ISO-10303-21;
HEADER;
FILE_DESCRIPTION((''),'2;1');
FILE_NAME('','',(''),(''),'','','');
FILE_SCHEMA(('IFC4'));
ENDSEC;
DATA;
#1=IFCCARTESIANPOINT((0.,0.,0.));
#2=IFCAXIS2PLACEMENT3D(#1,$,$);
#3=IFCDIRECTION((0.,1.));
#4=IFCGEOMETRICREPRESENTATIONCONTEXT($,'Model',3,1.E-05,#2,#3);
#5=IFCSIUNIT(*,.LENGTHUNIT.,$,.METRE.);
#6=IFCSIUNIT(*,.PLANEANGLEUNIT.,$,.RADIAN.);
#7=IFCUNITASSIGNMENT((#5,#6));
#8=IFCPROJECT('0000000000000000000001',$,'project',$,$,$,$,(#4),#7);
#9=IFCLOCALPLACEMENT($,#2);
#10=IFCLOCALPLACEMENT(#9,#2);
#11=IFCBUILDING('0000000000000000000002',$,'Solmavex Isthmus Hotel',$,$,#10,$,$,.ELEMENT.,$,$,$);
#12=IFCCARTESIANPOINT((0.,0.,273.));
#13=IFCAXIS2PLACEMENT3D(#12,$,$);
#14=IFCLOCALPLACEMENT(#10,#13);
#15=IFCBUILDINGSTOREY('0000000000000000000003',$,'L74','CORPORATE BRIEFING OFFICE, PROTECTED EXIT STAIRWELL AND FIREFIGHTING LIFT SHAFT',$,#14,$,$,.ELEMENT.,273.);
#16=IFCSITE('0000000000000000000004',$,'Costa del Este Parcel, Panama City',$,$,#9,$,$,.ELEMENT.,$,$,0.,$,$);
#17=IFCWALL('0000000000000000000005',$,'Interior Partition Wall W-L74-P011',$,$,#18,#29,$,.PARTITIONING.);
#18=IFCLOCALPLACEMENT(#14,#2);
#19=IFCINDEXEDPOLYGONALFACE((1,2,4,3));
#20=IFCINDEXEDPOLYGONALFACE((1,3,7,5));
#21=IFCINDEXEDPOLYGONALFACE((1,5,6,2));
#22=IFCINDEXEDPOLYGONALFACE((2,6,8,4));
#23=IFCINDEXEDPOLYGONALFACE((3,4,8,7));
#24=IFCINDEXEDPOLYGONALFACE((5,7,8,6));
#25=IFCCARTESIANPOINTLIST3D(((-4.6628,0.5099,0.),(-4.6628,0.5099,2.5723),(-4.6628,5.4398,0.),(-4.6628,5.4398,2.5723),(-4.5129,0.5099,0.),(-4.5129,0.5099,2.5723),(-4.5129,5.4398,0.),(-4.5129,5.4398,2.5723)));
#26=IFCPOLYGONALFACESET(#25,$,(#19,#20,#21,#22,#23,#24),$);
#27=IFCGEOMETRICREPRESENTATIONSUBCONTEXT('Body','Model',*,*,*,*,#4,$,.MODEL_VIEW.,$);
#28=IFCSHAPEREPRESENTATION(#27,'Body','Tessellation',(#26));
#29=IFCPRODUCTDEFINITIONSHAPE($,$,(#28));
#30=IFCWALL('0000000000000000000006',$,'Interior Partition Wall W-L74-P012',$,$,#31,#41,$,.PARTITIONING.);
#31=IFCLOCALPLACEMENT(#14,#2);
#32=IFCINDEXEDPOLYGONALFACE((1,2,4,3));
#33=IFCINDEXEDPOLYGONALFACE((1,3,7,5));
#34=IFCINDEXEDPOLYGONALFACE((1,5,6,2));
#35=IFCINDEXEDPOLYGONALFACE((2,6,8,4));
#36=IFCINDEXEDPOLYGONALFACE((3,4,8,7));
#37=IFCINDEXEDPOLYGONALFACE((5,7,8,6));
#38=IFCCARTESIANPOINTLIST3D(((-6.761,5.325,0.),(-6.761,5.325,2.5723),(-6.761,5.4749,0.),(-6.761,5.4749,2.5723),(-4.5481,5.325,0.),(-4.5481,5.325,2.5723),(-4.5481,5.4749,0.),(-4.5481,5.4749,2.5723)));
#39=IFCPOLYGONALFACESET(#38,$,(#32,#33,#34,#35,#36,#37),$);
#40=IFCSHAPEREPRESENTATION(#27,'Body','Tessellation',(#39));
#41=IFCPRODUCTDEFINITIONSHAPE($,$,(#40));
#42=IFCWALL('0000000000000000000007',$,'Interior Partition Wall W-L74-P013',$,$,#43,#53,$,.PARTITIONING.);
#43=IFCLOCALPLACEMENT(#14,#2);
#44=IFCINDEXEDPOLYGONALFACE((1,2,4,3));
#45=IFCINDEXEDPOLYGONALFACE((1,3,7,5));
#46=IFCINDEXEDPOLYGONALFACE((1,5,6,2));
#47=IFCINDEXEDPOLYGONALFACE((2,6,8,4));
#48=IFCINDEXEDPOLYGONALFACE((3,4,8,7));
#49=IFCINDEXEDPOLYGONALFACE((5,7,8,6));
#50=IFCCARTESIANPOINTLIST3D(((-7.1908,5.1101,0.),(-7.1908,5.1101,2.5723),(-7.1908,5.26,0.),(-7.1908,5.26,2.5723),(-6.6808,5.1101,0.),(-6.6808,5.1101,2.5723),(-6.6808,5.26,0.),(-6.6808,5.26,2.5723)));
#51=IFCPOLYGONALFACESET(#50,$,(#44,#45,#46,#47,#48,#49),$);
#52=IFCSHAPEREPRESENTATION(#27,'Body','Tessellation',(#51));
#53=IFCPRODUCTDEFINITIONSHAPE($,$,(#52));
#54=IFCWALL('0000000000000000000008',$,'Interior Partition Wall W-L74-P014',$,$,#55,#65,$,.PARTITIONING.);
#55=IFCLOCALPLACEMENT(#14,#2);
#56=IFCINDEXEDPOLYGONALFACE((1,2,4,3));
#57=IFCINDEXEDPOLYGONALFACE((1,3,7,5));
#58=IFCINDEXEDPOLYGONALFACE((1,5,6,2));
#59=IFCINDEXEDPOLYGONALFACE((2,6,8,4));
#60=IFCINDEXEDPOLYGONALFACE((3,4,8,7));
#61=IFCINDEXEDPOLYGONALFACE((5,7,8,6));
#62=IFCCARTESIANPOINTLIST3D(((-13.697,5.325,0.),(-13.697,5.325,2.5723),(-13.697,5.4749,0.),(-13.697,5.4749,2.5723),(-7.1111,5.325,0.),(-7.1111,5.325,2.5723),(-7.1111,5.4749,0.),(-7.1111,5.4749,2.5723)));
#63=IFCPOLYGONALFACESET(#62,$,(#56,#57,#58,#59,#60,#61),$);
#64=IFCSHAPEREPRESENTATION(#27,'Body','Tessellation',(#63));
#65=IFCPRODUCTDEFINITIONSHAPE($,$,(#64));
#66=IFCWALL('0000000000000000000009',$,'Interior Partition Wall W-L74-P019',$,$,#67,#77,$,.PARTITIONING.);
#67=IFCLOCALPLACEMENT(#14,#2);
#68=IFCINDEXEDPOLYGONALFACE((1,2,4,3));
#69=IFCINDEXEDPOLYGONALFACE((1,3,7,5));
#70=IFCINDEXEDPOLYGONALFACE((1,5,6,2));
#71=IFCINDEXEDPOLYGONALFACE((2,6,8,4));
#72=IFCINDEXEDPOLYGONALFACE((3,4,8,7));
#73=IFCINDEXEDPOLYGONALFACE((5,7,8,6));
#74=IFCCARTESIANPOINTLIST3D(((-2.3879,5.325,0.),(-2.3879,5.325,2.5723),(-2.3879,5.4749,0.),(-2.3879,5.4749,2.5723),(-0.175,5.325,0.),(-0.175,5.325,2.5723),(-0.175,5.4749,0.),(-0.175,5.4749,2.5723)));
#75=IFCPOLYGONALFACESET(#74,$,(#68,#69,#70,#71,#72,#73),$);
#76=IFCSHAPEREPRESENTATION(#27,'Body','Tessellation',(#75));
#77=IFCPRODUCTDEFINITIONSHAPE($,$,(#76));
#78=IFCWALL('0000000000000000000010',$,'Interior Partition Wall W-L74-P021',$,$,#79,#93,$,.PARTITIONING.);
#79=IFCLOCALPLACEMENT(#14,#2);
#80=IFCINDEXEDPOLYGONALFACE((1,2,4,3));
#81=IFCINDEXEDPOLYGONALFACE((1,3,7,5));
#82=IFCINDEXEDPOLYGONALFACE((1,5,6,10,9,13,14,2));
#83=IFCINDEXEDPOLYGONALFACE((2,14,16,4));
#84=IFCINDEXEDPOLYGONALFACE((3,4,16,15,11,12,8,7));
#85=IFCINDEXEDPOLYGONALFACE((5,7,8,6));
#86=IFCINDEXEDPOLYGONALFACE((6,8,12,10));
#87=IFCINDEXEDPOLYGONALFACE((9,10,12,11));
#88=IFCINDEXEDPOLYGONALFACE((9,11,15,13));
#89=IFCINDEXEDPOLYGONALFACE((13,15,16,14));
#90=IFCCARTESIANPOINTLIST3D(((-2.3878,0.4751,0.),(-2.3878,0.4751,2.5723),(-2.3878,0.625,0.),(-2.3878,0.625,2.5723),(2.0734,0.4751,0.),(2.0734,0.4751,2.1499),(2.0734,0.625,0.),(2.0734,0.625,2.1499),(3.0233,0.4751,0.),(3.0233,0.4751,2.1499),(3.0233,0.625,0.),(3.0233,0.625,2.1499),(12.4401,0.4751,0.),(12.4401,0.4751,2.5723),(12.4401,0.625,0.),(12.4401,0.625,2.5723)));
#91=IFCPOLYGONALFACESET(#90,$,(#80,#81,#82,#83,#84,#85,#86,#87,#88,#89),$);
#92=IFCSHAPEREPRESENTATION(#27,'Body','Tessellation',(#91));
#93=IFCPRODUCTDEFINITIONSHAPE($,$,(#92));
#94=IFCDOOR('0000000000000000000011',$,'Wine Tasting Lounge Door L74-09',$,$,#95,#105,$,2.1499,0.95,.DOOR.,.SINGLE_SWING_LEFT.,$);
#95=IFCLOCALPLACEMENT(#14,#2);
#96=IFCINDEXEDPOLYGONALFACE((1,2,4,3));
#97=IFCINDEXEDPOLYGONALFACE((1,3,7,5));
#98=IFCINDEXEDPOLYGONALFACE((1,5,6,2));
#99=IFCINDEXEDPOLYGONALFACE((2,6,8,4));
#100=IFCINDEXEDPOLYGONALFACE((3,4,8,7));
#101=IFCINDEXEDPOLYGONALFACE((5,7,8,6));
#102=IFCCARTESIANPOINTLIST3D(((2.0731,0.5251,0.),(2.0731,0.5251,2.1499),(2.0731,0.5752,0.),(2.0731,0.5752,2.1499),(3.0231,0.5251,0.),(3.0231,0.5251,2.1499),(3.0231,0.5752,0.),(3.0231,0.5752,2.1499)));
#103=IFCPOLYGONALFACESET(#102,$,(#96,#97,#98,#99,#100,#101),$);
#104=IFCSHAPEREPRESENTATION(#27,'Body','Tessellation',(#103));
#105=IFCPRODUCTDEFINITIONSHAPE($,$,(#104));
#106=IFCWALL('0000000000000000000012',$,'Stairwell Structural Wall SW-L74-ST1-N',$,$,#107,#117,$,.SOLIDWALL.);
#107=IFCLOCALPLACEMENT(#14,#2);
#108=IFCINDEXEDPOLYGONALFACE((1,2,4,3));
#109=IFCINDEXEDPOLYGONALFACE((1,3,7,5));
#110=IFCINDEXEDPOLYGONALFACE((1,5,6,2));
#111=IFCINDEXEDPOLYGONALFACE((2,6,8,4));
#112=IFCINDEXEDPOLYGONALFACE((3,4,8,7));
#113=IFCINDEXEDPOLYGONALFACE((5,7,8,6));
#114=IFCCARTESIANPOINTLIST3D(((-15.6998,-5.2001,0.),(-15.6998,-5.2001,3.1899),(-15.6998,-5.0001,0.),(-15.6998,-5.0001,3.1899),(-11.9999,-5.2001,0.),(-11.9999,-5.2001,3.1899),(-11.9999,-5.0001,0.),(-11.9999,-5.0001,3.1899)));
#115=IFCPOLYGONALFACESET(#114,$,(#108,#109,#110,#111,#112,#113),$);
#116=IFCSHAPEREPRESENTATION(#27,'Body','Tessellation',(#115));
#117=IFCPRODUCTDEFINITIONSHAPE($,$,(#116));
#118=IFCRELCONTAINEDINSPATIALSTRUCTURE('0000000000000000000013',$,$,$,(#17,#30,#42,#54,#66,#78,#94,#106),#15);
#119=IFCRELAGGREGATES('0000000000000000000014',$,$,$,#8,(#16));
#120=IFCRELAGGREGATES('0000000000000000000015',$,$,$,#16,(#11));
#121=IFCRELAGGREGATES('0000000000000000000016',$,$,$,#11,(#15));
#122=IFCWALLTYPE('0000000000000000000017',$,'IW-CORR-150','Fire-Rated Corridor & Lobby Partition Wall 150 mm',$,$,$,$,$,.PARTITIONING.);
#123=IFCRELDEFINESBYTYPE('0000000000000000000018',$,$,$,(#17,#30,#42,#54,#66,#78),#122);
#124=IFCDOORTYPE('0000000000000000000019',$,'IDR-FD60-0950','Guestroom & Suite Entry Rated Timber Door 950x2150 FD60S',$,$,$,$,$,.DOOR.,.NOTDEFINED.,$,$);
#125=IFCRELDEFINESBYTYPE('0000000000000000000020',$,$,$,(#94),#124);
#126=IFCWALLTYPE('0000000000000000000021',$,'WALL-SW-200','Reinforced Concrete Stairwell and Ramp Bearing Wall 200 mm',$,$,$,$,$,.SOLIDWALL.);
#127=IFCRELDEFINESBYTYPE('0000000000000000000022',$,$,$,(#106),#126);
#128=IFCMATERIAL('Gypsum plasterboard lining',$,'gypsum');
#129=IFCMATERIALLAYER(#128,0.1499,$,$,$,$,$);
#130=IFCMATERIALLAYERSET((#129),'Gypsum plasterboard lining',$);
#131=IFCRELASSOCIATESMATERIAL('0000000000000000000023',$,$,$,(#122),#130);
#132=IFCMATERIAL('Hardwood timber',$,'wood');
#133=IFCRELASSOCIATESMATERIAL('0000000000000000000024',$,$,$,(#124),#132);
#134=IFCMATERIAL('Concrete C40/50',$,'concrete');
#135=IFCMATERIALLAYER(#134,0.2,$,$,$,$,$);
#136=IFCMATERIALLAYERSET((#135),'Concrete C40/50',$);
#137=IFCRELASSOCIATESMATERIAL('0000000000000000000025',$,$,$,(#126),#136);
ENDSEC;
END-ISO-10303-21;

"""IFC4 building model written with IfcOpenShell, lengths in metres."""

from ifc_helpers import new_model, si_unit, direction, frame, frame_2d, origin, place, context, subcontext, project, spatial, rectangle, extrude, material, layer, layer_set, type_object, element, fill, save


model = new_model("IFC4")

# Units and contexts
model_context = context("Model", 3, precision=1e-05, world=origin(), true_north=direction((0.0, 1.0)))
body_context = subcontext(model_context, "Body", "Model", "MODEL_VIEW")
ifc_project = project(units=[si_unit("LENGTHUNIT", "METRE"), si_unit("PLANEANGLEUNIT", "RADIAN")], contexts=[model_context])

# Site, building, storey
site_placement = place(None, origin())
site = spatial("IfcSite", under=ifc_project, at=site_placement, Name="Costa del Este Parcel, Panama City", CompositionType="ELEMENT", RefElevation=0.0)
building_placement = place(site_placement, origin())
building = spatial("IfcBuilding", under=site, at=building_placement, Name="Solmavex Isthmus Hotel", CompositionType="ELEMENT")
storey_placement = place(building_placement, frame((0.0, 0.0, 273.0)))
storey = spatial("IfcBuildingStorey", under=building, at=storey_placement, Name="L74", Description="CORPORATE BRIEFING OFFICE, PROTECTED EXIT STAIRWELL AND FIREFIGHTING LIFT SHAFT", CompositionType="ELEMENT", Elevation=273.0)

# Shared definitions
ifc_material_1 = material(Name="Gypsum plasterboard lining", Category="gypsum")
ifc_layer_1 = layer(ifc_material_1, 0.1499)
ifc_layer_set_1 = layer_set([ifc_layer_1], Name="Gypsum plasterboard lining")
wall_type_1 = type_object("IfcWallType", Name="IW-CORR-150", Description="Fire-Rated Corridor & Lobby Partition Wall 150 mm", PredefinedType="PARTITIONING", material=ifc_layer_set_1)

# Shared definitions
ifc_material_2 = material(Name="Hardwood timber", Category="wood")
door_type = type_object("IfcDoorType", Name="IDR-FD60-0950", Description="Guestroom & Suite Entry Rated Timber Door 950x2150 FD60S", OperationType="NOTDEFINED", PredefinedType="DOOR", material=ifc_material_2)

# Walls
wall_1_placement = place(storey_placement, frame((-4.5879, 0.51, 0.0), z_axis=(0.0, 0.0, 1.0), x_axis=(0.0, 1.0, 0.0)))
element("IfcWall", 1, at=wall_1_placement, inside=storey, type_object=wall_type_1, Name="Interior Partition Wall W-L74-P011", PredefinedType="PARTITIONING", context=body_context, shape_type="SweptSolid", body=[
    extrude(rectangle(XDim=4.9299, YDim=0.1499, at=frame_2d((2.4648, 0.0))), origin(), (0.0, 0.0, 1.0), 2.5723),
])
wall_2_placement = place(storey_placement, frame((-4.5481, 5.3999, 0.0), z_axis=(0.0, 0.0, 1.0), x_axis=(-1.0, 0.0, 0.0)))
element("IfcWall", 2, at=wall_2_placement, inside=storey, type_object=wall_type_1, Name="Interior Partition Wall W-L74-P012", PredefinedType="PARTITIONING", context=body_context, shape_type="SweptSolid", body=[
    extrude(rectangle(XDim=2.2129, YDim=0.1499, at=frame_2d((1.1064, 0.0))), origin(), (0.0, 0.0, 1.0), 2.5723),
])
wall_3_placement = place(storey_placement, frame((-6.6809, 5.1851, 0.0), z_axis=(0.0, 0.0, 1.0), x_axis=(-1.0, 0.0, 0.0)))
element("IfcWall", 3, at=wall_3_placement, inside=storey, type_object=wall_type_1, Name="Interior Partition Wall W-L74-P013", PredefinedType="PARTITIONING", context=body_context, shape_type="SweptSolid", body=[
    extrude(rectangle(XDim=0.51, YDim=0.1499, at=frame_2d((0.2549, 0.0))), origin(), (0.0, 0.0, 1.0), 2.5723),
])
wall_4_placement = place(storey_placement, frame((-7.1111, 5.3999, 0.0), z_axis=(0.0, 0.0, 1.0), x_axis=(-1.0, 0.0, 0.0)))
element("IfcWall", 4, at=wall_4_placement, inside=storey, type_object=wall_type_1, Name="Interior Partition Wall W-L74-P014", PredefinedType="PARTITIONING", context=body_context, shape_type="SweptSolid", body=[
    extrude(rectangle(XDim=6.5859, YDim=0.1499, at=frame_2d((3.293, 0.0))), origin(), (0.0, 0.0, 1.0), 2.5723),
])
wall_5_placement = place(storey_placement, frame((-0.175, 5.3999, 0.0), z_axis=(0.0, 0.0, 1.0), x_axis=(-1.0, 0.0, 0.0)))
element("IfcWall", 5, at=wall_5_placement, inside=storey, type_object=wall_type_1, Name="Interior Partition Wall W-L74-P019", PredefinedType="PARTITIONING", context=body_context, shape_type="SweptSolid", body=[
    extrude(rectangle(XDim=2.2129, YDim=0.1499, at=frame_2d((1.1064, 0.0))), origin(), (0.0, 0.0, 1.0), 2.5723),
])

# Wall, opening, door
wall_6_placement = place(storey_placement, frame((-2.3879, 0.55, 0.0), z_axis=(0.0, 0.0, 1.0), x_axis=(1.0, 0.0, 0.0)))
wall_6 = element("IfcWall", 6, at=wall_6_placement, inside=storey, type_object=wall_type_1, Name="Interior Partition Wall W-L74-P021", PredefinedType="PARTITIONING", context=body_context, shape_type="SweptSolid", body=[
    extrude(rectangle(XDim=14.8279, YDim=0.1499, at=frame_2d((7.4141, 0.0))), origin(), (0.0, 0.0, 1.0), 2.5723),
])
opening_1_placement = place(wall_6_placement, frame((4.4612, 0.0, 0.0)))
opening_1 = element("IfcOpeningElement", 7, at=opening_1_placement, cuts=wall_6, PredefinedType="OPENING", context=body_context, shape_type="SweptSolid", body=[
    extrude(rectangle(XDim=0.95, YDim=2.1499, at=frame_2d((0.4751, 1.075))), frame((0.0, 0.085, 0.0), z_axis=(0.0, -1.0, 0.0), x_axis=(1.0, 0.0, 0.0)), (0.0, 0.0, 1.0), 0.1699),
])
door_1_placement = place(opening_1_placement, frame((0.95, 0.0, 0.0), z_axis=(0.0, 0.0, 1.0), x_axis=(-1.0, 0.0, 0.0)))
door_1 = element("IfcDoor", 8, at=door_1_placement, inside=storey, type_object=door_type, Name="Wine Tasting Lounge Door L74-09", OperationType="SINGLE_SWING_LEFT", OverallHeight=2.1499, OverallWidth=0.95, PredefinedType="DOOR", context=body_context, shape_type="SweptSolid", body=[
    extrude(rectangle(XDim=0.95, YDim=2.1499, at=frame_2d((0.4751, 1.075))), frame((0.0, 0.0249, 0.0), z_axis=(0.0, -1.0, 0.0), x_axis=(1.0, 0.0, 0.0)), (0.0, 0.0, 1.0), 0.05),
])
fill(opening_1, door_1)

# Wall
ifc_material_3 = material(Name="Concrete C40/50", Category="concrete")
ifc_layer_2 = layer(ifc_material_3, 0.2)
ifc_layer_set_2 = layer_set([ifc_layer_2], Name="Concrete C40/50")
wall_type_2 = type_object("IfcWallType", Name="WALL-SW-200", Description="Reinforced Concrete Stairwell and Ramp Bearing Wall 200 mm", PredefinedType="SOLIDWALL", material=ifc_layer_set_2)
wall_7_placement = place(storey_placement, frame((-15.7, -5.1001, 0.0), z_axis=(0.0, 0.0, 1.0), x_axis=(1.0, 0.0, 0.0)))
element("IfcWall", 9, at=wall_7_placement, inside=storey, type_object=wall_type_2, Name="Stairwell Structural Wall SW-L74-ST1-N", PredefinedType="SOLIDWALL", context=body_context, shape_type="SweptSolid", body=[
    extrude(rectangle(XDim=3.7, YDim=0.2, at=frame_2d((1.8501, 0.0))), origin(), (0.0, 0.0, 1.0), 3.1899),
])

save(model, "model.ifc")
